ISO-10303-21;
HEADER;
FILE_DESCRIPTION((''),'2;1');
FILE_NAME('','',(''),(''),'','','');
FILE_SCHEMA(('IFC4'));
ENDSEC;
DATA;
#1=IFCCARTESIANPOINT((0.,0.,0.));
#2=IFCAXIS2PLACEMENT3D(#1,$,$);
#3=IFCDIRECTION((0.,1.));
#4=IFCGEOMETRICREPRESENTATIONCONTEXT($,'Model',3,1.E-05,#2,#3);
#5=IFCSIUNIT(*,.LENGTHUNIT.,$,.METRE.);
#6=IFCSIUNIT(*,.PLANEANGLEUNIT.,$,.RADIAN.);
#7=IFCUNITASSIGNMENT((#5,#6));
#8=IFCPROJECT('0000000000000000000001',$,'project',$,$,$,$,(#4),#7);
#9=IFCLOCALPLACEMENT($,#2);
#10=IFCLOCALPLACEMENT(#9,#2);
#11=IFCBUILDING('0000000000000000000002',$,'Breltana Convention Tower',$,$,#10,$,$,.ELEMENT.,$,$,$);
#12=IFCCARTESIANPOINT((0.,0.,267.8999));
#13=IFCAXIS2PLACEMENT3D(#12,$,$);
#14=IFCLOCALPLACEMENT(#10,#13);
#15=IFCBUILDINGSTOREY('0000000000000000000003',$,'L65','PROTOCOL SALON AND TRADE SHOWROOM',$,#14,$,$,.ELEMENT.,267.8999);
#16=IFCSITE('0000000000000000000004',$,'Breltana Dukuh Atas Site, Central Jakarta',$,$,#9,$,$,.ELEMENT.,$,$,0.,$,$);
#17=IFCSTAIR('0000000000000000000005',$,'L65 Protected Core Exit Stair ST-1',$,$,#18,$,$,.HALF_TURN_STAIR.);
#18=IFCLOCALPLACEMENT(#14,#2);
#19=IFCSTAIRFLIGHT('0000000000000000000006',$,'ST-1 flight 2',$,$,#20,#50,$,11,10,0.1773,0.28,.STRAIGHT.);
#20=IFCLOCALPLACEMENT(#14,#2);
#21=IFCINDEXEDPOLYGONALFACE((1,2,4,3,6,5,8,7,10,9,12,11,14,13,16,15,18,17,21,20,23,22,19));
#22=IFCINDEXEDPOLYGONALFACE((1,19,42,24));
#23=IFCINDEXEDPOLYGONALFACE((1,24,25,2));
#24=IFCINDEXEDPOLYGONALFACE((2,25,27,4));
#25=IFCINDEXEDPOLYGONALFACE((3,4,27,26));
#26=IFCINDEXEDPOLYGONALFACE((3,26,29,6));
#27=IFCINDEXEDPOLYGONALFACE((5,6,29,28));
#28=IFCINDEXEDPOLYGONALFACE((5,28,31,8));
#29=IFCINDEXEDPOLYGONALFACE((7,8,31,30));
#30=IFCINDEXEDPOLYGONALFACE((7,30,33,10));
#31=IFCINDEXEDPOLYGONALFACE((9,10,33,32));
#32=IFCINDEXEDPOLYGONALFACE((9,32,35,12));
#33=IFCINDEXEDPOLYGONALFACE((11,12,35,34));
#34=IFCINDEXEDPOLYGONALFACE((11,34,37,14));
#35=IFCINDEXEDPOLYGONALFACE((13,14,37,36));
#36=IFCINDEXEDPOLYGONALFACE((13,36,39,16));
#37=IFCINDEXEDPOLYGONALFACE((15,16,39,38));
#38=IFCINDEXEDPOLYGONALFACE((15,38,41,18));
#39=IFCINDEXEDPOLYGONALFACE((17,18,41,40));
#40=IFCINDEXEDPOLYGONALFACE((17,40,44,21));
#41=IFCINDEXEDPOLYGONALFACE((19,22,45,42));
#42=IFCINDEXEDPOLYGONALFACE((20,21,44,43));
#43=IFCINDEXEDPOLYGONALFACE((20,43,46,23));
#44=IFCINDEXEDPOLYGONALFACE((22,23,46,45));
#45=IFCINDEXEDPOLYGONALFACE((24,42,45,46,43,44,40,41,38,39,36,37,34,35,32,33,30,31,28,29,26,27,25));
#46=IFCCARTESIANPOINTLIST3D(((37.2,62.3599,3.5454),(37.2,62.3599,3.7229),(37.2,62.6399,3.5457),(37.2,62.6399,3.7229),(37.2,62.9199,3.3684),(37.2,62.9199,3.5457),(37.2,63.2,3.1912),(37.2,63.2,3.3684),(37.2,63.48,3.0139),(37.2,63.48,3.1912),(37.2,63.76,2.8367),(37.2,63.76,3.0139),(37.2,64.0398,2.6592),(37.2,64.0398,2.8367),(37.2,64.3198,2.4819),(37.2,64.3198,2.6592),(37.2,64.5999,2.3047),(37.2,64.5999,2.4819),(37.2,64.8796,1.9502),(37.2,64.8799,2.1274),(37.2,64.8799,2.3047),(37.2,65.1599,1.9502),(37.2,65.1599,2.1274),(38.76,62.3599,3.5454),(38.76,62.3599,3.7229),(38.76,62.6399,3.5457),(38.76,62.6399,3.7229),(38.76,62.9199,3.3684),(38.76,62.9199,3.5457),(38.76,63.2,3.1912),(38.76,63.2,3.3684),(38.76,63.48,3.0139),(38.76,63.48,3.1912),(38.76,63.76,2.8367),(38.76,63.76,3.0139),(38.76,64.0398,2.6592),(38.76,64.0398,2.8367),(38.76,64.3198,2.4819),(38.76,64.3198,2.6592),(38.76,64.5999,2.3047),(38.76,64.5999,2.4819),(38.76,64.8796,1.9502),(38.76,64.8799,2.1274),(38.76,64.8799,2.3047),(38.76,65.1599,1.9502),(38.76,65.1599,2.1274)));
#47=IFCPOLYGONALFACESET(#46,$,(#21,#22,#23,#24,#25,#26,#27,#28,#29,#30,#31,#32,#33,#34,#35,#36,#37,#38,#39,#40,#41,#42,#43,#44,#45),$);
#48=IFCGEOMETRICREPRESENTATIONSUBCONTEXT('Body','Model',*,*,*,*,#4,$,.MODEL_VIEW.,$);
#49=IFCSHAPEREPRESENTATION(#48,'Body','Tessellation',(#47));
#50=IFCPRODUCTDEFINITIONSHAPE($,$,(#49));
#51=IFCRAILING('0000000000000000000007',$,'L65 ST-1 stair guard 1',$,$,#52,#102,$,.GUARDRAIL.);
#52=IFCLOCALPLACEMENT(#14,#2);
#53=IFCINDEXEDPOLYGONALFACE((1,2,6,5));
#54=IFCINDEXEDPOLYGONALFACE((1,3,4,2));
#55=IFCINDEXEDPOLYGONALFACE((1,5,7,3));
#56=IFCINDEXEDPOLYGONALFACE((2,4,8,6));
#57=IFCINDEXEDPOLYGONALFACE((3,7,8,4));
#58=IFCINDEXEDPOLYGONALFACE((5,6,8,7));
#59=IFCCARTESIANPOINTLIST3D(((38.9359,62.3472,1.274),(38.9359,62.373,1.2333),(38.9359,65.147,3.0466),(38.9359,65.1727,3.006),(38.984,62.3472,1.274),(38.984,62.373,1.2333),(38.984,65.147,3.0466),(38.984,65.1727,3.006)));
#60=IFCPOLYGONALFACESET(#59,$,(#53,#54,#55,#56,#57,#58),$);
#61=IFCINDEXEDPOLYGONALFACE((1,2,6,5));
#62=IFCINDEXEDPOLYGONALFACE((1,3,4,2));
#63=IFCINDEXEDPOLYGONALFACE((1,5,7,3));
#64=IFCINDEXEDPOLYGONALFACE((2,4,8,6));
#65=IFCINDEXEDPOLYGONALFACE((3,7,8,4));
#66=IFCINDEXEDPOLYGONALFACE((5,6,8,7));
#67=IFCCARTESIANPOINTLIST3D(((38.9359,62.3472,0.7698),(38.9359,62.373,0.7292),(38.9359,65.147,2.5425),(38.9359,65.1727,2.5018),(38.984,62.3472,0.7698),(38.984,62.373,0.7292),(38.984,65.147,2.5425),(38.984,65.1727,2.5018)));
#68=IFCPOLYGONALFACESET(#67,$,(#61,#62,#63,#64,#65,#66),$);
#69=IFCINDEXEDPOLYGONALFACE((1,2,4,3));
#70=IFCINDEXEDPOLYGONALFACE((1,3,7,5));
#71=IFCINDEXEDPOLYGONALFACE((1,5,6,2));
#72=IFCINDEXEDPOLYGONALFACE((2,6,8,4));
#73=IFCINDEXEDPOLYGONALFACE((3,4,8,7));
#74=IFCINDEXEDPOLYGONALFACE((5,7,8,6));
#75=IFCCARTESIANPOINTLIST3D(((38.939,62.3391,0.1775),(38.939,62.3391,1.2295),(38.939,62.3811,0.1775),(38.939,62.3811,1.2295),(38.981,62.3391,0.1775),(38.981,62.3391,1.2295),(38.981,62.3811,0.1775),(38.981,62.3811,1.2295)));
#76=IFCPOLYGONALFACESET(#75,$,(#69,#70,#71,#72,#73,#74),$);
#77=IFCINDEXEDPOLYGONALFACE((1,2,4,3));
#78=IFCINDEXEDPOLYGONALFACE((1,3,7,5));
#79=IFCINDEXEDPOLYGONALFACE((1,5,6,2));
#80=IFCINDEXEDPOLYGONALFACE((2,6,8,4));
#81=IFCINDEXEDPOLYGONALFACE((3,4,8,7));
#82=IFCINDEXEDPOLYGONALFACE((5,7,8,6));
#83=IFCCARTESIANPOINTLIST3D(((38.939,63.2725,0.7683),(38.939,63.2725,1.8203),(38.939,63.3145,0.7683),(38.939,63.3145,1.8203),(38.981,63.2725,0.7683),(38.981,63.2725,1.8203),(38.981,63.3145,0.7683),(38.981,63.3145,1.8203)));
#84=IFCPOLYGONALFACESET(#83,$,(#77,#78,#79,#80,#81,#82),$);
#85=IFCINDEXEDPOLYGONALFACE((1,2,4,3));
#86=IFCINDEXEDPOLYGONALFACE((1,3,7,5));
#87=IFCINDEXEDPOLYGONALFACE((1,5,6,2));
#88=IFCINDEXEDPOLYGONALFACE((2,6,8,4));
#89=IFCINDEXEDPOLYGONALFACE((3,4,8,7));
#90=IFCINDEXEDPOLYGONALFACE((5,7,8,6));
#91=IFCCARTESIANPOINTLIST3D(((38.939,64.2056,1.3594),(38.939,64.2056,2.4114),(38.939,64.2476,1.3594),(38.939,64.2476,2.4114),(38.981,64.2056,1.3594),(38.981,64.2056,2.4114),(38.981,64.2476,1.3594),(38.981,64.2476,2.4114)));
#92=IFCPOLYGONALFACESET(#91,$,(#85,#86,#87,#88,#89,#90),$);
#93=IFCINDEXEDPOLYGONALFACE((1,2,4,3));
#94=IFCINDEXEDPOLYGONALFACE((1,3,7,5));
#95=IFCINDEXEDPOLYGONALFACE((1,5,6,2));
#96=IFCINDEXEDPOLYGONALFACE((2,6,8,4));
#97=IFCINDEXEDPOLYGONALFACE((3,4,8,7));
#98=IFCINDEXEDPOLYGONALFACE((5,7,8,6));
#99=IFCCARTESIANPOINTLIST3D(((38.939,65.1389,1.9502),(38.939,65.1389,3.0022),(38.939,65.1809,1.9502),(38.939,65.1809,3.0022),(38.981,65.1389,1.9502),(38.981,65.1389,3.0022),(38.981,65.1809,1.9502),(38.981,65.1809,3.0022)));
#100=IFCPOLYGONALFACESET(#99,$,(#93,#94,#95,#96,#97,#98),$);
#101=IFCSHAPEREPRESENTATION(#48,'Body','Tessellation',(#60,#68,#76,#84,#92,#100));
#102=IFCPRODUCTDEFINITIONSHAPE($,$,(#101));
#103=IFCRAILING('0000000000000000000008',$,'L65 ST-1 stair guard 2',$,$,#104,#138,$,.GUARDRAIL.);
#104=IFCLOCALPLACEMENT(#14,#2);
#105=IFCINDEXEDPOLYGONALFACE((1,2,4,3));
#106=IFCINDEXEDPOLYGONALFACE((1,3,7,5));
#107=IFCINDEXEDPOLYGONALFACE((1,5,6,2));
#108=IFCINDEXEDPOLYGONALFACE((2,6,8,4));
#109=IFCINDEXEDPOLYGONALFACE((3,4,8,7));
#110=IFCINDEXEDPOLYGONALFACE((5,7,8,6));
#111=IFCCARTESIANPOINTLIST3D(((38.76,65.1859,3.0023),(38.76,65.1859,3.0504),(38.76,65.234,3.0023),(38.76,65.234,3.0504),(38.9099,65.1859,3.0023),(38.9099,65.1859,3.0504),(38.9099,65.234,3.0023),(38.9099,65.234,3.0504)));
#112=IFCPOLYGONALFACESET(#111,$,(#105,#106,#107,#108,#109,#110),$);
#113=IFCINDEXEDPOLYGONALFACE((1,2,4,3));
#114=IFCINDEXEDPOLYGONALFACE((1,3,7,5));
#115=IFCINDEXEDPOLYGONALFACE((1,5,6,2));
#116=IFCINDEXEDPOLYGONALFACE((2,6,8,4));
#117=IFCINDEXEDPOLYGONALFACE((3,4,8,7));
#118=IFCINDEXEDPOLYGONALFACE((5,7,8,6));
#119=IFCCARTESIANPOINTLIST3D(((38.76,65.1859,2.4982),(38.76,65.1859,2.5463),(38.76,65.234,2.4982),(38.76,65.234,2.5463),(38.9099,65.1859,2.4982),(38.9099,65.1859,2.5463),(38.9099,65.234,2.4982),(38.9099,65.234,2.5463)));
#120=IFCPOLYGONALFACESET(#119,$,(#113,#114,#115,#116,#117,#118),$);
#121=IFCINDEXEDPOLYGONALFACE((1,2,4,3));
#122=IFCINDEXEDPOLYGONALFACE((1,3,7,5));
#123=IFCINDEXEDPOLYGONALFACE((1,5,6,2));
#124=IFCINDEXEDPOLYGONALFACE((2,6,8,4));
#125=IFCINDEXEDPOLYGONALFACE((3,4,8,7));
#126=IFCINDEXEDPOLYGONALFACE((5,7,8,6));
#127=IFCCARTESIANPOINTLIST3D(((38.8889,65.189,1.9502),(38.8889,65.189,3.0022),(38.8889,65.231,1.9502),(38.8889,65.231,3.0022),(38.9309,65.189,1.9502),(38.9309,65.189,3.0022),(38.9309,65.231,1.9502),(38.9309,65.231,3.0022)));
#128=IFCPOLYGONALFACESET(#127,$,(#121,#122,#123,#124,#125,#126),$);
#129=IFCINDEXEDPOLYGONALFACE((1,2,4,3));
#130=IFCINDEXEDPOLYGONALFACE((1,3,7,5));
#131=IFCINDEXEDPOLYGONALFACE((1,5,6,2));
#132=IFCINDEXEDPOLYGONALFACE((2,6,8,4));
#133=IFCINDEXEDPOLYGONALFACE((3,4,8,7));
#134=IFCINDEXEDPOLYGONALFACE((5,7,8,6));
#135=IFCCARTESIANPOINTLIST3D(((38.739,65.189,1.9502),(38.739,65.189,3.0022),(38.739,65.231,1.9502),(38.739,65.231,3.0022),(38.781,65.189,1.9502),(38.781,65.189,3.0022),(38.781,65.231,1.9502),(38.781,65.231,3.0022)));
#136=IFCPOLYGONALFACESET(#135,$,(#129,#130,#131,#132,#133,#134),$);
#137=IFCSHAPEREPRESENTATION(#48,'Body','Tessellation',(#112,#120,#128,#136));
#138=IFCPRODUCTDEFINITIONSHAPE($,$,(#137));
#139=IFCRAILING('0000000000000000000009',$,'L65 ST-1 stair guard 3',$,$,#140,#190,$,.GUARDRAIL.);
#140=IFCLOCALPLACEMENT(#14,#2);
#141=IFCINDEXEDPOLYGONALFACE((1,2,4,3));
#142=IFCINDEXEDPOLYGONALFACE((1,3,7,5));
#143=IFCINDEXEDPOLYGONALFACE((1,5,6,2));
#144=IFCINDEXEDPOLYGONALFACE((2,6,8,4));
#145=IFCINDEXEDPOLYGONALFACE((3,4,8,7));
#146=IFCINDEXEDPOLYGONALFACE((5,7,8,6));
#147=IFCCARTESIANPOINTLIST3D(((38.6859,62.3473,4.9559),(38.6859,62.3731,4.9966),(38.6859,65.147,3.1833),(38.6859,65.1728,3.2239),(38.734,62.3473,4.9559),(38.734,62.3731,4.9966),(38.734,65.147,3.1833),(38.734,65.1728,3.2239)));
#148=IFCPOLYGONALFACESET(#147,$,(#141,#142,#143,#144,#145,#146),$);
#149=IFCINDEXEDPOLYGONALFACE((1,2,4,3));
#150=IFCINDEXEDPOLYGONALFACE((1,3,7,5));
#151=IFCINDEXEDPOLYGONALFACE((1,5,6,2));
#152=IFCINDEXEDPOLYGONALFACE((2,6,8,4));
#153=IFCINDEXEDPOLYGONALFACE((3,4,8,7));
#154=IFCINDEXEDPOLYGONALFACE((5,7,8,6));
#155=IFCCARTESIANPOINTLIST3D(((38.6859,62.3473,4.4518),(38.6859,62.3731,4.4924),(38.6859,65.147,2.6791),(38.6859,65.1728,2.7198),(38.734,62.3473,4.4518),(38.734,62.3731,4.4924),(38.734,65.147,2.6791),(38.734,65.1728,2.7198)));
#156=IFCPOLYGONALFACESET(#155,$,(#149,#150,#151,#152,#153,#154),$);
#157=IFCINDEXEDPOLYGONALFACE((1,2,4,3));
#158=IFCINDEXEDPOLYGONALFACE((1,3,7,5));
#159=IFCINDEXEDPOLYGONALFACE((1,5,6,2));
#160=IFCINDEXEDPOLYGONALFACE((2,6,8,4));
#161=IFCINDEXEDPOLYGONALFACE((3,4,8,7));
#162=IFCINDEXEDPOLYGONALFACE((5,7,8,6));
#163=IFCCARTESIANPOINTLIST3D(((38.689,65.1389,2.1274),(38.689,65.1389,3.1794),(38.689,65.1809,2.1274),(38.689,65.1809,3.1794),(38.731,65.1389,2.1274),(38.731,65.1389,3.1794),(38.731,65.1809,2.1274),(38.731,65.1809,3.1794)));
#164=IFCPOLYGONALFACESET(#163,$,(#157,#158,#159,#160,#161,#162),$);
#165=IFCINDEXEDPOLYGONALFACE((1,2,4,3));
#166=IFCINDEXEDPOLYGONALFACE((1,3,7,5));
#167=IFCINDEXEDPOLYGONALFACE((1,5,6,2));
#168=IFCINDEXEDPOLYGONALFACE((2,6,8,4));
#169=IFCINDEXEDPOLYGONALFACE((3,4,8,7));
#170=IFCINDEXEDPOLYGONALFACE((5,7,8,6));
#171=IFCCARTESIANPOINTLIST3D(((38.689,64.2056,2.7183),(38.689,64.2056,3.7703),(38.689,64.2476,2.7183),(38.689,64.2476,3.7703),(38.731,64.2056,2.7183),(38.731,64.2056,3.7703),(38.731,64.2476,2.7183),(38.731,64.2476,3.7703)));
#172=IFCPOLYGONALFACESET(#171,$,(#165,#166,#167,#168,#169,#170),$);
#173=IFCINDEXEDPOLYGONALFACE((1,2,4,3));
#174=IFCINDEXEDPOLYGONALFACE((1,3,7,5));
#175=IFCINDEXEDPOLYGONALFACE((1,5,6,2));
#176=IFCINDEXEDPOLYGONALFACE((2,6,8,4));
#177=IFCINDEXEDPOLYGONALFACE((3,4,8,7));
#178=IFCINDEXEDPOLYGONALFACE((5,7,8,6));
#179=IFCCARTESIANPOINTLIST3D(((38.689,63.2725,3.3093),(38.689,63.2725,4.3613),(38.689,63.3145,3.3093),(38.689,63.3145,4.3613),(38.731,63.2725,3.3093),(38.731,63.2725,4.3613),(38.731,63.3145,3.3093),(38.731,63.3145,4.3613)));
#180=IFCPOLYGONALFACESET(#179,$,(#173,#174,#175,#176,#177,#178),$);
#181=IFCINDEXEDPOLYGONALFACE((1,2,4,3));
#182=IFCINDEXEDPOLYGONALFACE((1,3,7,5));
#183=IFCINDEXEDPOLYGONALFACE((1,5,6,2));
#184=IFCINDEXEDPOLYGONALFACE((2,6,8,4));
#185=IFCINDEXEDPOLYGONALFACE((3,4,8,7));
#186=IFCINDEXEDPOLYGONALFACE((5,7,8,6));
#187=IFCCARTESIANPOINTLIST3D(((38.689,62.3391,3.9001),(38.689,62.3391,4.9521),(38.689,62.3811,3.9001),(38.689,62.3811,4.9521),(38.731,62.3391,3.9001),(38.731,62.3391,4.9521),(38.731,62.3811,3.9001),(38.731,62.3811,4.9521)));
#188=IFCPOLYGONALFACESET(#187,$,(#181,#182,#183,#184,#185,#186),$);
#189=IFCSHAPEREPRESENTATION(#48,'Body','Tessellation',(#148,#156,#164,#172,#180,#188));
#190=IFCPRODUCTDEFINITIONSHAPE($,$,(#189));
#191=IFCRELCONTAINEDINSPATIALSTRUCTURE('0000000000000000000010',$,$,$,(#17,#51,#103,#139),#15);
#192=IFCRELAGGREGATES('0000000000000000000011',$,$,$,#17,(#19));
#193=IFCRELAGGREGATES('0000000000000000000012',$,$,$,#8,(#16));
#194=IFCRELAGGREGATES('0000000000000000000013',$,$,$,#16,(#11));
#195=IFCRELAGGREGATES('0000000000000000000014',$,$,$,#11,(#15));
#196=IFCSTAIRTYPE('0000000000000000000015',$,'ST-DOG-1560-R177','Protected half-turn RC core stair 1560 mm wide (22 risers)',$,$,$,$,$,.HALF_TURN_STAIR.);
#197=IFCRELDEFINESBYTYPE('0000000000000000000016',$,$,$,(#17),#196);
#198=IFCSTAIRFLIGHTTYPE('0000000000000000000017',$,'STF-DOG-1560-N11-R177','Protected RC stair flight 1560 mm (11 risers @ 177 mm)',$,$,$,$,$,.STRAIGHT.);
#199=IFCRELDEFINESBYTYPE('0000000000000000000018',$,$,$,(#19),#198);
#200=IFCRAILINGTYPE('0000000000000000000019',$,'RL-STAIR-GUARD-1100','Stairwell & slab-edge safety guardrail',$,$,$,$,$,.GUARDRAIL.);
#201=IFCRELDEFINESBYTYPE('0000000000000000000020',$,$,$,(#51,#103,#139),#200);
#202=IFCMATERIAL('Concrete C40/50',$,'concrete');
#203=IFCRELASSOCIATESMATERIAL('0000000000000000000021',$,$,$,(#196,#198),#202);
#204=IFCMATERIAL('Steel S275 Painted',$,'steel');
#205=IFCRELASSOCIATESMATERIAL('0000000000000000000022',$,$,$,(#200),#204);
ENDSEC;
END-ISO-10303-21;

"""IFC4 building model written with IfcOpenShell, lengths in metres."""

from ifc_helpers import new_model, si_unit, direction, frame, origin, origin_2d, place, context, subcontext, project, spatial, polyline, rectangle, outline, extrude, material, type_object, element, aggregate, save


model = new_model("IFC4")

# Units and contexts
model_context = context("Model", 3, precision=1e-05, world=origin(), true_north=direction((0.0, 1.0)))
body_context = subcontext(model_context, "Body", "Model", "MODEL_VIEW")
ifc_project = project(units=[si_unit("LENGTHUNIT", "METRE"), si_unit("PLANEANGLEUNIT", "RADIAN")], contexts=[model_context])

# Site, building, storey
site_placement = place(None, origin())
site = spatial("IfcSite", under=ifc_project, at=site_placement, Name="Breltana Dukuh Atas Site, Central Jakarta", CompositionType="ELEMENT", RefElevation=0.0)
building_placement = place(site_placement, origin())
building = spatial("IfcBuilding", under=site, at=building_placement, Name="Breltana Convention Tower", CompositionType="ELEMENT")
storey_placement = place(building_placement, frame((0.0, 0.0, 267.8999)))
storey = spatial("IfcBuildingStorey", under=building, at=storey_placement, Name="L65", Description="PROTOCOL SALON AND TRADE SHOWROOM", CompositionType="ELEMENT", Elevation=267.8999)

# Stair, stair flight
ifc_material_1 = material(Name="Concrete C40/50", Category="concrete")
stair_type = type_object("IfcStairType", Name="ST-DOG-1560-R177", Description="Protected half-turn RC core stair 1560 mm wide (22 risers)", PredefinedType="HALF_TURN_STAIR", material=ifc_material_1)
stair_placement = place(storey_placement, origin())
stair = element("IfcStair", 1, at=stair_placement, inside=storey, type_object=stair_type, Name="L65 Protected Core Exit Stair ST-1", PredefinedType="HALF_TURN_STAIR")
stair_flight_type = type_object("IfcStairFlightType", Name="STF-DOG-1560-N11-R177", Description="Protected RC stair flight 1560 mm (11 risers @ 177 mm)", PredefinedType="STRAIGHT", material=ifc_material_1)
stair_flight_1_placement = place(storey_placement, frame((37.98, 65.1599, 1.9502), z_axis=(0.0, 0.0, 1.0), x_axis=(0.0, -1.0, 0.0)))
stair_flight_1 = element("IfcStairFlight", 2, at=stair_flight_1_placement, type_object=stair_flight_type, Name="ST-1 flight 2", NumberOfRisers=11, NumberOfTreads=10, PredefinedType="STRAIGHT", RiserHeight=0.1773, TreadLength=0.28, context=body_context, shape_type="SweptSolid", body=[
    extrude(outline(polyline([(0.0, 0.0), (0.0, 0.1772), (0.28, 0.1772), (0.28, 0.3545), (0.5601, 0.3545), (0.5601, 0.5317), (0.8401, 0.5317), (0.8401, 0.709), (1.1201, 0.709), (1.1201, 0.8865), (1.3999, 0.8865), (1.3999, 1.0637), (1.6799, 1.0637), (1.6799, 1.241), (1.96, 1.241), (1.96, 1.4182), (2.24, 1.4182), (2.24, 1.5955), (2.52, 1.5955), (2.52, 1.7727), (2.8, 1.7727), (2.8, 1.95), (2.8, 1.5952), (0.2803, 0.0), (0.0, 0.0)])), frame((0.0, 0.78, 0.0), z_axis=(0.0, -1.0, 0.0), x_axis=(1.0, 0.0, 0.0)), (0.0, 0.0, 1.0), 1.5601),
])
aggregate(stair, [stair_flight_1])

# Railings
ifc_material_2 = material(Name="Steel S275 Painted", Category="steel")
railing_type_1 = type_object("IfcRailingType", Name="RL-STAIR-GUARD-1100", Description="Stairwell & slab-edge safety guardrail", PredefinedType="GUARDRAIL", material=ifc_material_2)
railing_1_placement = place(storey_placement, frame((38.96, 62.3601, 0.1775)))
element("IfcRailing", 3, at=railing_1_placement, inside=storey, type_object=railing_type_1, Name="L65 ST-1 stair guard 1", PredefinedType="GUARDRAIL", context=body_context, shape_type="SweptSolid", body=[
    extrude(rectangle(XDim=0.0481, YDim=0.0481, at=origin_2d()), frame((0.0, 0.0, 1.0762), z_axis=(0.0, 0.844888, 0.534943), x_axis=(-1.0, 0.0, 0.0)), (0.0, 0.0, 1.0), 3.3137),
    extrude(rectangle(XDim=0.0481, YDim=0.0481, at=origin_2d()), frame((0.0, 0.0, 0.572), z_axis=(0.0, 0.844888, 0.534943), x_axis=(-1.0, 0.0, 0.0)), (0.0, 0.0, 1.0), 3.3137),
    extrude(rectangle(XDim=0.042, YDim=0.042, at=origin_2d()), origin(), (0.0, 0.0, 1.0), 1.052),
    extrude(rectangle(XDim=0.042, YDim=0.042, at=origin_2d()), frame((0.0, 0.9333, 0.5908)), (0.0, 0.0, 1.0), 1.052),
    extrude(rectangle(XDim=0.042, YDim=0.042, at=origin_2d()), frame((0.0, 1.8665, 1.1819)), (0.0, 0.0, 1.0), 1.052),
    extrude(rectangle(XDim=0.042, YDim=0.042, at=origin_2d()), frame((0.0, 2.7998, 1.7727)), (0.0, 0.0, 1.0), 1.052),
])
railing_2_placement = place(storey_placement, frame((38.9099, 65.21, 1.9502)))
element("IfcRailing", 4, at=railing_2_placement, inside=storey, type_object=railing_type_1, Name="L65 ST-1 stair guard 2", PredefinedType="GUARDRAIL", context=body_context, shape_type="SweptSolid", body=[
    extrude(rectangle(XDim=0.0481, YDim=0.0481, at=origin_2d()), frame((0.0, 0.0, 1.0762), z_axis=(-1.0, 0.0, 0.0), x_axis=(0.0, -1.0, 0.0)), (0.0, 0.0, 1.0), 0.1499),
    extrude(rectangle(XDim=0.0481, YDim=0.0481, at=origin_2d()), frame((0.0, 0.0, 0.572), z_axis=(-1.0, 0.0, 0.0), x_axis=(0.0, -1.0, 0.0)), (0.0, 0.0, 1.0), 0.1499),
    extrude(rectangle(XDim=0.042, YDim=0.042, at=origin_2d()), origin(), (0.0, 0.0, 1.0), 1.052),
    extrude(rectangle(XDim=0.042, YDim=0.042, at=origin_2d()), frame((-0.1499, 0.0, 0.0)), (0.0, 0.0, 1.0), 1.052),
])
railing_3_placement = place(storey_placement, frame((38.71, 65.1599, 2.1274)))
element("IfcRailing", 5, at=railing_3_placement, inside=storey, type_object=railing_type_1, Name="L65 ST-1 stair guard 3", PredefinedType="GUARDRAIL", context=body_context, shape_type="SweptSolid", body=[
    extrude(rectangle(XDim=0.0481, YDim=0.0481, at=origin_2d()), frame((0.0, 0.0, 1.0762), z_axis=(0.0, -0.844888, 0.534943), x_axis=(1.0, 0.0, 0.0)), (0.0, 0.0, 1.0), 3.3137),
    extrude(rectangle(XDim=0.0481, YDim=0.0481, at=origin_2d()), frame((0.0, 0.0, 0.572), z_axis=(0.0, -0.844888, 0.534943), x_axis=(1.0, 0.0, 0.0)), (0.0, 0.0, 1.0), 3.3137),
    extrude(rectangle(XDim=0.042, YDim=0.042, at=origin_2d()), origin(), (0.0, 0.0, 1.0), 1.052),
    extrude(rectangle(XDim=0.042, YDim=0.042, at=origin_2d()), frame((0.0, -0.9333, 0.5908)), (0.0, 0.0, 1.0), 1.052),
    extrude(rectangle(XDim=0.042, YDim=0.042, at=origin_2d()), frame((0.0, -1.8665, 1.1819)), (0.0, 0.0, 1.0), 1.052),
    extrude(rectangle(XDim=0.042, YDim=0.042, at=origin_2d()), frame((0.0, -2.7998, 1.7727)), (0.0, 0.0, 1.0), 1.052),
])

save(model, "model.ifc")
